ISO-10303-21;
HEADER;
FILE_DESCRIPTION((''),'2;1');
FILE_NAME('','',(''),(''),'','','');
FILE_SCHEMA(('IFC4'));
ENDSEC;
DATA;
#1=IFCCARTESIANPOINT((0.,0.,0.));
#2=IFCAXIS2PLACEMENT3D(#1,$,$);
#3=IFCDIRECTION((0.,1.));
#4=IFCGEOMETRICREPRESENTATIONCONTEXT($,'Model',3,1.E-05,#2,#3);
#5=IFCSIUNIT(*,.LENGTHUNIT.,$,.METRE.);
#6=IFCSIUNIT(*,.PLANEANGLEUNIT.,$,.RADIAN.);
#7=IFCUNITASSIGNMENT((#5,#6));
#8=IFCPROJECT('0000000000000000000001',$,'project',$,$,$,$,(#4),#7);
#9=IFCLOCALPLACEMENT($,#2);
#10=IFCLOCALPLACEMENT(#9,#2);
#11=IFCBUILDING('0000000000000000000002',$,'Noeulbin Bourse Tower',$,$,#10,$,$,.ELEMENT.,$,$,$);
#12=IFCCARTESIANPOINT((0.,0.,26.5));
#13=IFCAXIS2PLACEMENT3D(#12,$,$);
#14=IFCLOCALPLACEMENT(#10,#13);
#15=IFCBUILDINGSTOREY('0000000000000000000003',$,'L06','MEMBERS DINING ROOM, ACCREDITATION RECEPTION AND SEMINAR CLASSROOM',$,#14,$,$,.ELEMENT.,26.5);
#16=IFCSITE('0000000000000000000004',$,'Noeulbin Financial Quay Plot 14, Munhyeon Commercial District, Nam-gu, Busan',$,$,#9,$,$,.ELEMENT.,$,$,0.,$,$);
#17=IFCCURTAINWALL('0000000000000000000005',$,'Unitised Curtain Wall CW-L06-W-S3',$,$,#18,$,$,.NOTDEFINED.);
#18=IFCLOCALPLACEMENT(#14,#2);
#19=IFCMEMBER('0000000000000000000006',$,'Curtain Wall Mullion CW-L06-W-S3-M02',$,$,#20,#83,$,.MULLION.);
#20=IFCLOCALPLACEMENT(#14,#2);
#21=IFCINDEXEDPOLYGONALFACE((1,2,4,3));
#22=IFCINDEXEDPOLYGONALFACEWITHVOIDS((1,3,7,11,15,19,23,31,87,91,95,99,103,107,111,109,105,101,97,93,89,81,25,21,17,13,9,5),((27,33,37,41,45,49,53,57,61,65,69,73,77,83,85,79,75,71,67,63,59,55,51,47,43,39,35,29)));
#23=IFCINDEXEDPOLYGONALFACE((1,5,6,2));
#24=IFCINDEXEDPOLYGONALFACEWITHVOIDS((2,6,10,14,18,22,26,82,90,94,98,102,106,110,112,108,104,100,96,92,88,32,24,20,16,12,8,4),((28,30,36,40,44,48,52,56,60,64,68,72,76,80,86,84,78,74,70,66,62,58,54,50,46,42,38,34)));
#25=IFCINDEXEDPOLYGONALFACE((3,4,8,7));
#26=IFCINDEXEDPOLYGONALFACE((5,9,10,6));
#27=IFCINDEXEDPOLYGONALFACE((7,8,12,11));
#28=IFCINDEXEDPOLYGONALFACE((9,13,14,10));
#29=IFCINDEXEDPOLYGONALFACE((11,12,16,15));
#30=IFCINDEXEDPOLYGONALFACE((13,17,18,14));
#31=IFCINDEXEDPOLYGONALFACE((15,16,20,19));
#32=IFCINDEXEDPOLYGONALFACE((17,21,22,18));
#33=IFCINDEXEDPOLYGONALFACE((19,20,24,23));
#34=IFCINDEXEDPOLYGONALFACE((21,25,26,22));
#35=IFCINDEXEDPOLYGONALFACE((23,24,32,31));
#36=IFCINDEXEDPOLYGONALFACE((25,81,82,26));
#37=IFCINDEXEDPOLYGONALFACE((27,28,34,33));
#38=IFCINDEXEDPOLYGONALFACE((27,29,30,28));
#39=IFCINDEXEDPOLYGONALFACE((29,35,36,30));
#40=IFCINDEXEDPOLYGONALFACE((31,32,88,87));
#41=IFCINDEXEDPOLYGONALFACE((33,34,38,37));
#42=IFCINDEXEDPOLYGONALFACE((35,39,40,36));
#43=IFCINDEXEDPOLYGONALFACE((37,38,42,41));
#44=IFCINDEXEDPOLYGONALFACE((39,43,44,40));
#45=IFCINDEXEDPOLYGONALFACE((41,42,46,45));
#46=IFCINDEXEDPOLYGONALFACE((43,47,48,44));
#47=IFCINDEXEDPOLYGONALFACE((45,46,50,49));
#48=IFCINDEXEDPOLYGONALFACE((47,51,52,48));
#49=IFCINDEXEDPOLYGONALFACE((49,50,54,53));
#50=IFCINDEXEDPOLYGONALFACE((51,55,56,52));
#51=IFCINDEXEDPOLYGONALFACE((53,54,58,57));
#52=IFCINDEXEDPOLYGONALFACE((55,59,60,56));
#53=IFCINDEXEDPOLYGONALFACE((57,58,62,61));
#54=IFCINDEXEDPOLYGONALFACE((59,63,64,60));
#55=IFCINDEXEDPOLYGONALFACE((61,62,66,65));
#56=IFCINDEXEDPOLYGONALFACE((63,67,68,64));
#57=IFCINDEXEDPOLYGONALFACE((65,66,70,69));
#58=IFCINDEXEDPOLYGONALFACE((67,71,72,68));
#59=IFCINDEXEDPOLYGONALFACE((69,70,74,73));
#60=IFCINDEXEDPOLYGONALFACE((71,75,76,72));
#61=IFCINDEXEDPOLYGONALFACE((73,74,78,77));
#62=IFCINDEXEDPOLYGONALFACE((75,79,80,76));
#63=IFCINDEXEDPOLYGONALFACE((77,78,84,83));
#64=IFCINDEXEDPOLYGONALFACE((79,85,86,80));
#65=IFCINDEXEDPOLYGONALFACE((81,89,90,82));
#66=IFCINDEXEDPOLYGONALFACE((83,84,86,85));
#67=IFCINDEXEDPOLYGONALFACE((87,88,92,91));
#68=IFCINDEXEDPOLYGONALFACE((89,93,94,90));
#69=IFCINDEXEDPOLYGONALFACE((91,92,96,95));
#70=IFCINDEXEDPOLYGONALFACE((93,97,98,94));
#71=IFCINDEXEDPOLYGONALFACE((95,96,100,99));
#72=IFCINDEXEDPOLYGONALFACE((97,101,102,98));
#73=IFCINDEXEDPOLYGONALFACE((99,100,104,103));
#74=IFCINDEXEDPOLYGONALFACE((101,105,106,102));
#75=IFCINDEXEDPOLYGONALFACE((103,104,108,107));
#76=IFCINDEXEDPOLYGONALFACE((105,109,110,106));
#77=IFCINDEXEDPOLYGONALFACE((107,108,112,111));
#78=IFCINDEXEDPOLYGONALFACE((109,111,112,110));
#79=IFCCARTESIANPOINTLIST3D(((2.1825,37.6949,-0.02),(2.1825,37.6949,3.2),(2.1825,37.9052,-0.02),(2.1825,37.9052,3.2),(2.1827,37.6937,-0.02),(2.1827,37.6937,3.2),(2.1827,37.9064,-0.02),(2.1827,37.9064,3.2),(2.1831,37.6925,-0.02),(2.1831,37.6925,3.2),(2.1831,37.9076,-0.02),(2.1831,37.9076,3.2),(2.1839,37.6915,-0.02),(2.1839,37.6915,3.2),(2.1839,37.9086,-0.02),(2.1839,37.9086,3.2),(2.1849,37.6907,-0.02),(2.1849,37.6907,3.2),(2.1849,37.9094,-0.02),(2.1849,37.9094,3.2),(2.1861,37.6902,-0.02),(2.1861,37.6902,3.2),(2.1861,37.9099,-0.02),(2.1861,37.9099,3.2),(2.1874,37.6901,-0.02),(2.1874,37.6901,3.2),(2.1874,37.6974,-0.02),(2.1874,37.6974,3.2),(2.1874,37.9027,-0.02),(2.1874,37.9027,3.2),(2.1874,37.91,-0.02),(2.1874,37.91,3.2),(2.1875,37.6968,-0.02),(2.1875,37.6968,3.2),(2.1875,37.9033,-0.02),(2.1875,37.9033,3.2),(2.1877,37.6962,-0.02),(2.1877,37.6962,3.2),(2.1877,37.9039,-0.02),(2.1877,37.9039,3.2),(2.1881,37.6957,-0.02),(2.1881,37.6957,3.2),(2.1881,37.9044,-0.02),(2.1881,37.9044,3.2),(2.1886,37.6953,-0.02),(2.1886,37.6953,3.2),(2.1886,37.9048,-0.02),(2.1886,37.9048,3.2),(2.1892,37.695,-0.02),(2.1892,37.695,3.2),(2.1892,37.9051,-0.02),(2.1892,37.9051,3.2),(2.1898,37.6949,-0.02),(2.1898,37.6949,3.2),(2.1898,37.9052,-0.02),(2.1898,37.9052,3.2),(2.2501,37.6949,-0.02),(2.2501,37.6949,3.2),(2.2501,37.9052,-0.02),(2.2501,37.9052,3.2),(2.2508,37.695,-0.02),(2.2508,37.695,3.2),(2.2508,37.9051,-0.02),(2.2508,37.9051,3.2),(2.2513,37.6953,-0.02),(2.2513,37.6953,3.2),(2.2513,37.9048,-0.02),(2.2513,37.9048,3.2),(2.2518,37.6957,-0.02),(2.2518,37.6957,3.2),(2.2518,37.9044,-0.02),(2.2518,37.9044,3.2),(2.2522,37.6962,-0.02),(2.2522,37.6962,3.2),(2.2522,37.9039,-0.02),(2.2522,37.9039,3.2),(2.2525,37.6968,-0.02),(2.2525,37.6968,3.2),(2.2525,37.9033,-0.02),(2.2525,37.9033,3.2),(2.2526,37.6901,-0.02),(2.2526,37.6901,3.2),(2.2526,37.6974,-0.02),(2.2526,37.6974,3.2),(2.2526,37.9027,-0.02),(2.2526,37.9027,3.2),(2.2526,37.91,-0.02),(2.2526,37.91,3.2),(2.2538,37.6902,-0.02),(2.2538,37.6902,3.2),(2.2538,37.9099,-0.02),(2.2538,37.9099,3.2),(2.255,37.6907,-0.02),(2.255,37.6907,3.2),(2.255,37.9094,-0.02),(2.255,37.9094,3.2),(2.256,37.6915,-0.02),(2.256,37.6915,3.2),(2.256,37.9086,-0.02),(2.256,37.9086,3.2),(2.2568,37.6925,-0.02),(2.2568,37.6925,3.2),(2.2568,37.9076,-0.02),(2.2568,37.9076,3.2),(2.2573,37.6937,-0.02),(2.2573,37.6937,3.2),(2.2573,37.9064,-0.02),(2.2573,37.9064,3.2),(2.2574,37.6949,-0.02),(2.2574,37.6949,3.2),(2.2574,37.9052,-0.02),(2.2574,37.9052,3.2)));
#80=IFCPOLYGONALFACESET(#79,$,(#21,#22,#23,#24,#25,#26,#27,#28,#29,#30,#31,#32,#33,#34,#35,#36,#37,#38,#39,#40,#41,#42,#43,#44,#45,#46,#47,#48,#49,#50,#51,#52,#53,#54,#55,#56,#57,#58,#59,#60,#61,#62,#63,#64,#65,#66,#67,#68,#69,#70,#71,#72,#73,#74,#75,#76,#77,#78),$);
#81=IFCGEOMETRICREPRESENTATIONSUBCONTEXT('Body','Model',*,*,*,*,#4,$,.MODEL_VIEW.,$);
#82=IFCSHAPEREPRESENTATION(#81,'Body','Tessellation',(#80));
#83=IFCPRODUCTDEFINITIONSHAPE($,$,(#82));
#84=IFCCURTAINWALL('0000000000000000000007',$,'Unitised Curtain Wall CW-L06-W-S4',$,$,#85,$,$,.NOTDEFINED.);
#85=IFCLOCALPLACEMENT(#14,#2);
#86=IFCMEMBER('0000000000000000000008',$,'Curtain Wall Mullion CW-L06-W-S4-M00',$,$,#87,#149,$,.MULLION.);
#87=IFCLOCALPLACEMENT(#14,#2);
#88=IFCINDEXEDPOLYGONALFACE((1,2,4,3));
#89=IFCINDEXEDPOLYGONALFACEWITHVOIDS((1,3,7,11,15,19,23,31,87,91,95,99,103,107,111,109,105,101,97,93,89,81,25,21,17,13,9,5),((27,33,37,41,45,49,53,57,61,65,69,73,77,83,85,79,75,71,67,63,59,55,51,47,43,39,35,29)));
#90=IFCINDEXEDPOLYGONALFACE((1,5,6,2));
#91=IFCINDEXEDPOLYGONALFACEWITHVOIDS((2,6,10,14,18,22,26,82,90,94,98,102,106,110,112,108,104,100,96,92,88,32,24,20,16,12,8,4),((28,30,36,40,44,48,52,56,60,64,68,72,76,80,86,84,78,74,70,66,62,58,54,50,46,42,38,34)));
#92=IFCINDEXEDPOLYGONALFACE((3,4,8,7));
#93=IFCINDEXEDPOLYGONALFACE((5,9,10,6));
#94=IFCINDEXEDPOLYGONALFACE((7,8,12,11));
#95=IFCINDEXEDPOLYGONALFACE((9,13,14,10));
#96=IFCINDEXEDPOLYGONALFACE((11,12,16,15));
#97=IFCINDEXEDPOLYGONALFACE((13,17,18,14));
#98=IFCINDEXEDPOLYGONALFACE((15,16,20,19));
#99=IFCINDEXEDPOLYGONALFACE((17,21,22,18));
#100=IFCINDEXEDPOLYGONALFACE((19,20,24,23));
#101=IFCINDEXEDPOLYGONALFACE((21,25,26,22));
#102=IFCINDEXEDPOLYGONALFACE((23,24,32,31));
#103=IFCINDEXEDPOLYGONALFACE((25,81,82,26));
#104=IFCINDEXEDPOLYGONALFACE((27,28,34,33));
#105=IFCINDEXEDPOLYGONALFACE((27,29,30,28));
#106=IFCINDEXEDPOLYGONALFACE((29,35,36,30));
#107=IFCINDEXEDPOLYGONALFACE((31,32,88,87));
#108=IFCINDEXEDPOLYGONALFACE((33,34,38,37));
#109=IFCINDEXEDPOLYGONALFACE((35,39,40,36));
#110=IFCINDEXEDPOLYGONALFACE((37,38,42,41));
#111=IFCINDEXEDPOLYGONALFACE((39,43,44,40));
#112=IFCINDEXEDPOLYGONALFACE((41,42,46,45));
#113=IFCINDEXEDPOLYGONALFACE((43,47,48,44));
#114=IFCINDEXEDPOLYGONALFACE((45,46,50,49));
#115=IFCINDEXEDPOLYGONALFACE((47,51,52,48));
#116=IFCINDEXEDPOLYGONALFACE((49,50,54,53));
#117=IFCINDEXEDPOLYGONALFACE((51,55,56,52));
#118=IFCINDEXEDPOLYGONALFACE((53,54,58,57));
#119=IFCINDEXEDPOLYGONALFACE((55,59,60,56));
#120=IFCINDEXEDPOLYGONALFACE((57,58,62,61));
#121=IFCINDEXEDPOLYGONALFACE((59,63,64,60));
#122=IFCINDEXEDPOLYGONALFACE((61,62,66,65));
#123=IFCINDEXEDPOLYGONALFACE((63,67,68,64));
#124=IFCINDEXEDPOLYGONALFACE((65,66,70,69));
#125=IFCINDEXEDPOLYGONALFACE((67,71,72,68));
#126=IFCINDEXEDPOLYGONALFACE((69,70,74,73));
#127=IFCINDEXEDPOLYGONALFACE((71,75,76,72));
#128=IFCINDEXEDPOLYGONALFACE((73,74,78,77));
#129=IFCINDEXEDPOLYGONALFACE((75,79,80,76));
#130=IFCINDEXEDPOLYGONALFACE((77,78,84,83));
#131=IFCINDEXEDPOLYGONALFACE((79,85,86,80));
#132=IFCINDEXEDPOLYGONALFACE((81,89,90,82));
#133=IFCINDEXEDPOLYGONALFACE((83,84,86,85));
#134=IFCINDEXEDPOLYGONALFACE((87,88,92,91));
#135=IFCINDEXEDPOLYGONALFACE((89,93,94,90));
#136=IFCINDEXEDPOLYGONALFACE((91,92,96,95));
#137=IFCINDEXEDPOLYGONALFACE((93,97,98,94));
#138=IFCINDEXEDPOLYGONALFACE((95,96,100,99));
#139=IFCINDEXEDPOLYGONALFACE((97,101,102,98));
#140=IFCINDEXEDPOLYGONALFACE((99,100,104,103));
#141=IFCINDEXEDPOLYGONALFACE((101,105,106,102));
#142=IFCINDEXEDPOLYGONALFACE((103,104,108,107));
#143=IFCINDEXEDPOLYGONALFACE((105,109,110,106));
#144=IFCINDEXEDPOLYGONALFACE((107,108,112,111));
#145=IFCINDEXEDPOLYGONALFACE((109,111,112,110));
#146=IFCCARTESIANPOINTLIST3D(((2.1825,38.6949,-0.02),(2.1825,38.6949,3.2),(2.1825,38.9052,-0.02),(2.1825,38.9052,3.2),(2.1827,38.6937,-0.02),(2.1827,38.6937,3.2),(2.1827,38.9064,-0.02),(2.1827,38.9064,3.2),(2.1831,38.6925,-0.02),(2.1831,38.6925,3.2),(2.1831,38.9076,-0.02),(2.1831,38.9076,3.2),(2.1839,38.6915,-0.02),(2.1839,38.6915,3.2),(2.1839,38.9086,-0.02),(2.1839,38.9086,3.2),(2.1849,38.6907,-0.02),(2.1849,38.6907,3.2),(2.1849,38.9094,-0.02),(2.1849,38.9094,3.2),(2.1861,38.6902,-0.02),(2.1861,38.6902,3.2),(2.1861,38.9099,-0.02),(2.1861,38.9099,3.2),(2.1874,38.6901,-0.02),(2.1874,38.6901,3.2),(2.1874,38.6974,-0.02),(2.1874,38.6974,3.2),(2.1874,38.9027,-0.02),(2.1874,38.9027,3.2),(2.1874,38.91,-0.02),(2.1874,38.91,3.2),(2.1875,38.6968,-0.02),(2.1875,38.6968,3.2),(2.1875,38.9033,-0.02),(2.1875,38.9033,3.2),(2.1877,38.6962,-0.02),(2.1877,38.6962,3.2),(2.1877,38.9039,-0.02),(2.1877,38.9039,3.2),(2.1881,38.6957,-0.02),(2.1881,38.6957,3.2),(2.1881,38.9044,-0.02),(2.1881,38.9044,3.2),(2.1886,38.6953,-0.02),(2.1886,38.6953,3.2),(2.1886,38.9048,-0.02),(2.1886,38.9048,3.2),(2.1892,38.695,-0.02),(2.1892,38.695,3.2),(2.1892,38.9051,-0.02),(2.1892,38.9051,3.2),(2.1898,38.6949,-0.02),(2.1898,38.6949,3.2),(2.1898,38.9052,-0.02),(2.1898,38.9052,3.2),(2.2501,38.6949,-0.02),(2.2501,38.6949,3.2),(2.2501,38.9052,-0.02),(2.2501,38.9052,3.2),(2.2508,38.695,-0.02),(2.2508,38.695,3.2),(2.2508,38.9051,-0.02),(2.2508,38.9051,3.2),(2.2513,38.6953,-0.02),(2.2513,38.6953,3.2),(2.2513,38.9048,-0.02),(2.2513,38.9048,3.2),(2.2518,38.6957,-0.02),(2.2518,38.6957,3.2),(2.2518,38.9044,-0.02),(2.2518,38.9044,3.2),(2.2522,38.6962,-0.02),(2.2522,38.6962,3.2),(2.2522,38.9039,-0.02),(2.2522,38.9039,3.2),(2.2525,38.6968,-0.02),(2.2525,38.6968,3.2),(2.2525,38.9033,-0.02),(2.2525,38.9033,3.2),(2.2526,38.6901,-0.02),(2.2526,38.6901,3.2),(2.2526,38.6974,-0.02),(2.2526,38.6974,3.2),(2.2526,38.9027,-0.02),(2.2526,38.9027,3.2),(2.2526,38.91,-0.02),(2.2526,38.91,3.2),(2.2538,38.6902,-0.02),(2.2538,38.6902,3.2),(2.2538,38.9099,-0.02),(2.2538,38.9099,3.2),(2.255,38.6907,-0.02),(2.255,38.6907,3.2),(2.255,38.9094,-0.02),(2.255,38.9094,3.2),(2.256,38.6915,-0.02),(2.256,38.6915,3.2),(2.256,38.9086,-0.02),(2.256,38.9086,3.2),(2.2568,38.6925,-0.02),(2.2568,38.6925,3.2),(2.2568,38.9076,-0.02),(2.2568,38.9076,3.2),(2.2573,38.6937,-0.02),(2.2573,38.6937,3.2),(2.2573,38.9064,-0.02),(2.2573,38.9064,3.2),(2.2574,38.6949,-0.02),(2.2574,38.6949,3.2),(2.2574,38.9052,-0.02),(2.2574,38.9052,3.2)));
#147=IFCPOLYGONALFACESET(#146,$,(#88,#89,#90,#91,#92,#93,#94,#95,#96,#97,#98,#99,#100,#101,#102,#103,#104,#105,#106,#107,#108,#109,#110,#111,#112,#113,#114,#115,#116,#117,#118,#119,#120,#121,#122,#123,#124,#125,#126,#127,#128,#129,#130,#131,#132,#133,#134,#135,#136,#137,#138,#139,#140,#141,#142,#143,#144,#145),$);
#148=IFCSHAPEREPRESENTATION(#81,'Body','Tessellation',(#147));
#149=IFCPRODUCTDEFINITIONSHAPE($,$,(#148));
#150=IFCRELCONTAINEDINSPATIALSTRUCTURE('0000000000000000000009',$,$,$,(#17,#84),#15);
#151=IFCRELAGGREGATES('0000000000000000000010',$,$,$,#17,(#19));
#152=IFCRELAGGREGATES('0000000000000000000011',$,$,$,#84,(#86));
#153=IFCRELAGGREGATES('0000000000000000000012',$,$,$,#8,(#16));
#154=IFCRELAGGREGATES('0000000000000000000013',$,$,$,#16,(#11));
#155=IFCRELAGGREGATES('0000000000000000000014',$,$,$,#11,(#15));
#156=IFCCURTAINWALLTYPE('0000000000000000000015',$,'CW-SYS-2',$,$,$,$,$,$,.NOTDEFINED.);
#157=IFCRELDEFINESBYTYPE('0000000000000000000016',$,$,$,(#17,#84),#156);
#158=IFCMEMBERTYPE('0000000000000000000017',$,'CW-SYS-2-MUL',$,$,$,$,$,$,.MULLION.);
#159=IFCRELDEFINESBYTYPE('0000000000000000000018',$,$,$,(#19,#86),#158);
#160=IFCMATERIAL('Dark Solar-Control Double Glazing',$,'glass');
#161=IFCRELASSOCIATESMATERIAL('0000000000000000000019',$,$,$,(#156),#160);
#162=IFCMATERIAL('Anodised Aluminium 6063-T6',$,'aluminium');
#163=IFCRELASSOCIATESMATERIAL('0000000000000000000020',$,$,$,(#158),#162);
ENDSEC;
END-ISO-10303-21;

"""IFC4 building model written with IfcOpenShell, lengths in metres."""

from ifc_helpers import new_model, si_unit, direction, frame, origin, origin_2d, place, context, subcontext, project, spatial, hollow_rectangle, extrude, material, material_profile, profile_set, type_object, element, aggregate, save


model = new_model("IFC4")

# Units and contexts
model_context = context("Model", 3, precision=1e-05, world=origin(), true_north=direction((0.0, 1.0)))
body_context = subcontext(model_context, "Body", "Model", "MODEL_VIEW")
ifc_project = project(units=[si_unit("LENGTHUNIT", "METRE"), si_unit("PLANEANGLEUNIT", "RADIAN")], contexts=[model_context])

# Site, building, storey
site_placement = place(None, origin())
site = spatial("IfcSite", under=ifc_project, at=site_placement, Name="Noeulbin Financial Quay Plot 14, Munhyeon Commercial District, Nam-gu, Busan", CompositionType="ELEMENT", RefElevation=0.0)
building_placement = place(site_placement, origin())
building = spatial("IfcBuilding", under=site, at=building_placement, Name="Noeulbin Bourse Tower", CompositionType="ELEMENT")
storey_placement = place(building_placement, frame((0.0, 0.0, 26.5)))
storey = spatial("IfcBuildingStorey", under=building, at=storey_placement, Name="L06", Description="MEMBERS DINING ROOM, ACCREDITATION RECEPTION AND SEMINAR CLASSROOM", CompositionType="ELEMENT", Elevation=26.5)

# Shared definitions
ifc_material_1 = material(Name="Dark Solar-Control Double Glazing", Category="glass")
curtain_wall_type = type_object("IfcCurtainWallType", Name="CW-SYS-2", PredefinedType="NOTDEFINED", material=ifc_material_1)
ifc_material_2 = material(Name="Anodised Aluminium 6063-T6", Category="aluminium")
ifc_material_profile_1 = material_profile(ifc_material_2, hollow_rectangle(XDim=0.075, YDim=0.22, WallThickness=0.0049, InnerFilletRadius=0.0024, OuterFilletRadius=0.0049, at=origin_2d()), Name="ALU-MULL-75x220x5", Category="LoadBearing")
ifc_profile_set_1 = profile_set([ifc_material_profile_1], Name="Anodised Aluminium 6063-T6")
member_type_1 = type_object("IfcMemberType", Name="CW-SYS-2-MUL", PredefinedType="MULLION", material=ifc_profile_set_1)

# Curtain wall, member
curtain_wall_1_placement = place(storey_placement, origin())
curtain_wall_1 = element("IfcCurtainWall", 1, at=curtain_wall_1_placement, inside=storey, type_object=curtain_wall_type, Name="Unitised Curtain Wall CW-L06-W-S3", PredefinedType="NOTDEFINED")
member_1_placement = place(storey_placement, frame((2.22, 37.8, -0.02), z_axis=(0.0, 0.0, 1.0), x_axis=(1.0, 0.0, 0.0)))
member_1 = element("IfcMember", 2, at=member_1_placement, type_object=member_type_1, Name="Curtain Wall Mullion CW-L06-W-S3-M02", PredefinedType="MULLION", context=body_context, shape_type="SweptSolid", body=[
    extrude(hollow_rectangle(XDim=0.075, YDim=0.22, WallThickness=0.0049, InnerFilletRadius=0.0024, OuterFilletRadius=0.0049, at=origin_2d()), origin(), (0.0, 0.0, 1.0), 3.22),
])
aggregate(curtain_wall_1, [member_1])

# Curtain wall, member
curtain_wall_2_placement = place(storey_placement, origin())
curtain_wall_2 = element("IfcCurtainWall", 3, at=curtain_wall_2_placement, inside=storey, type_object=curtain_wall_type, Name="Unitised Curtain Wall CW-L06-W-S4", PredefinedType="NOTDEFINED")
member_2_placement = place(storey_placement, frame((2.22, 38.8, -0.02), z_axis=(0.0, 0.0, 1.0), x_axis=(1.0, 0.0, 0.0)))
member_2 = element("IfcMember", 4, at=member_2_placement, type_object=member_type_1, Name="Curtain Wall Mullion CW-L06-W-S4-M00", PredefinedType="MULLION", context=body_context, shape_type="SweptSolid", body=[
    extrude(hollow_rectangle(XDim=0.075, YDim=0.22, WallThickness=0.0049, InnerFilletRadius=0.0024, OuterFilletRadius=0.0049, at=origin_2d()), origin(), (0.0, 0.0, 1.0), 3.22),
])

aggregate(curtain_wall_2, [member_2])

save(model, "model.ifc")
